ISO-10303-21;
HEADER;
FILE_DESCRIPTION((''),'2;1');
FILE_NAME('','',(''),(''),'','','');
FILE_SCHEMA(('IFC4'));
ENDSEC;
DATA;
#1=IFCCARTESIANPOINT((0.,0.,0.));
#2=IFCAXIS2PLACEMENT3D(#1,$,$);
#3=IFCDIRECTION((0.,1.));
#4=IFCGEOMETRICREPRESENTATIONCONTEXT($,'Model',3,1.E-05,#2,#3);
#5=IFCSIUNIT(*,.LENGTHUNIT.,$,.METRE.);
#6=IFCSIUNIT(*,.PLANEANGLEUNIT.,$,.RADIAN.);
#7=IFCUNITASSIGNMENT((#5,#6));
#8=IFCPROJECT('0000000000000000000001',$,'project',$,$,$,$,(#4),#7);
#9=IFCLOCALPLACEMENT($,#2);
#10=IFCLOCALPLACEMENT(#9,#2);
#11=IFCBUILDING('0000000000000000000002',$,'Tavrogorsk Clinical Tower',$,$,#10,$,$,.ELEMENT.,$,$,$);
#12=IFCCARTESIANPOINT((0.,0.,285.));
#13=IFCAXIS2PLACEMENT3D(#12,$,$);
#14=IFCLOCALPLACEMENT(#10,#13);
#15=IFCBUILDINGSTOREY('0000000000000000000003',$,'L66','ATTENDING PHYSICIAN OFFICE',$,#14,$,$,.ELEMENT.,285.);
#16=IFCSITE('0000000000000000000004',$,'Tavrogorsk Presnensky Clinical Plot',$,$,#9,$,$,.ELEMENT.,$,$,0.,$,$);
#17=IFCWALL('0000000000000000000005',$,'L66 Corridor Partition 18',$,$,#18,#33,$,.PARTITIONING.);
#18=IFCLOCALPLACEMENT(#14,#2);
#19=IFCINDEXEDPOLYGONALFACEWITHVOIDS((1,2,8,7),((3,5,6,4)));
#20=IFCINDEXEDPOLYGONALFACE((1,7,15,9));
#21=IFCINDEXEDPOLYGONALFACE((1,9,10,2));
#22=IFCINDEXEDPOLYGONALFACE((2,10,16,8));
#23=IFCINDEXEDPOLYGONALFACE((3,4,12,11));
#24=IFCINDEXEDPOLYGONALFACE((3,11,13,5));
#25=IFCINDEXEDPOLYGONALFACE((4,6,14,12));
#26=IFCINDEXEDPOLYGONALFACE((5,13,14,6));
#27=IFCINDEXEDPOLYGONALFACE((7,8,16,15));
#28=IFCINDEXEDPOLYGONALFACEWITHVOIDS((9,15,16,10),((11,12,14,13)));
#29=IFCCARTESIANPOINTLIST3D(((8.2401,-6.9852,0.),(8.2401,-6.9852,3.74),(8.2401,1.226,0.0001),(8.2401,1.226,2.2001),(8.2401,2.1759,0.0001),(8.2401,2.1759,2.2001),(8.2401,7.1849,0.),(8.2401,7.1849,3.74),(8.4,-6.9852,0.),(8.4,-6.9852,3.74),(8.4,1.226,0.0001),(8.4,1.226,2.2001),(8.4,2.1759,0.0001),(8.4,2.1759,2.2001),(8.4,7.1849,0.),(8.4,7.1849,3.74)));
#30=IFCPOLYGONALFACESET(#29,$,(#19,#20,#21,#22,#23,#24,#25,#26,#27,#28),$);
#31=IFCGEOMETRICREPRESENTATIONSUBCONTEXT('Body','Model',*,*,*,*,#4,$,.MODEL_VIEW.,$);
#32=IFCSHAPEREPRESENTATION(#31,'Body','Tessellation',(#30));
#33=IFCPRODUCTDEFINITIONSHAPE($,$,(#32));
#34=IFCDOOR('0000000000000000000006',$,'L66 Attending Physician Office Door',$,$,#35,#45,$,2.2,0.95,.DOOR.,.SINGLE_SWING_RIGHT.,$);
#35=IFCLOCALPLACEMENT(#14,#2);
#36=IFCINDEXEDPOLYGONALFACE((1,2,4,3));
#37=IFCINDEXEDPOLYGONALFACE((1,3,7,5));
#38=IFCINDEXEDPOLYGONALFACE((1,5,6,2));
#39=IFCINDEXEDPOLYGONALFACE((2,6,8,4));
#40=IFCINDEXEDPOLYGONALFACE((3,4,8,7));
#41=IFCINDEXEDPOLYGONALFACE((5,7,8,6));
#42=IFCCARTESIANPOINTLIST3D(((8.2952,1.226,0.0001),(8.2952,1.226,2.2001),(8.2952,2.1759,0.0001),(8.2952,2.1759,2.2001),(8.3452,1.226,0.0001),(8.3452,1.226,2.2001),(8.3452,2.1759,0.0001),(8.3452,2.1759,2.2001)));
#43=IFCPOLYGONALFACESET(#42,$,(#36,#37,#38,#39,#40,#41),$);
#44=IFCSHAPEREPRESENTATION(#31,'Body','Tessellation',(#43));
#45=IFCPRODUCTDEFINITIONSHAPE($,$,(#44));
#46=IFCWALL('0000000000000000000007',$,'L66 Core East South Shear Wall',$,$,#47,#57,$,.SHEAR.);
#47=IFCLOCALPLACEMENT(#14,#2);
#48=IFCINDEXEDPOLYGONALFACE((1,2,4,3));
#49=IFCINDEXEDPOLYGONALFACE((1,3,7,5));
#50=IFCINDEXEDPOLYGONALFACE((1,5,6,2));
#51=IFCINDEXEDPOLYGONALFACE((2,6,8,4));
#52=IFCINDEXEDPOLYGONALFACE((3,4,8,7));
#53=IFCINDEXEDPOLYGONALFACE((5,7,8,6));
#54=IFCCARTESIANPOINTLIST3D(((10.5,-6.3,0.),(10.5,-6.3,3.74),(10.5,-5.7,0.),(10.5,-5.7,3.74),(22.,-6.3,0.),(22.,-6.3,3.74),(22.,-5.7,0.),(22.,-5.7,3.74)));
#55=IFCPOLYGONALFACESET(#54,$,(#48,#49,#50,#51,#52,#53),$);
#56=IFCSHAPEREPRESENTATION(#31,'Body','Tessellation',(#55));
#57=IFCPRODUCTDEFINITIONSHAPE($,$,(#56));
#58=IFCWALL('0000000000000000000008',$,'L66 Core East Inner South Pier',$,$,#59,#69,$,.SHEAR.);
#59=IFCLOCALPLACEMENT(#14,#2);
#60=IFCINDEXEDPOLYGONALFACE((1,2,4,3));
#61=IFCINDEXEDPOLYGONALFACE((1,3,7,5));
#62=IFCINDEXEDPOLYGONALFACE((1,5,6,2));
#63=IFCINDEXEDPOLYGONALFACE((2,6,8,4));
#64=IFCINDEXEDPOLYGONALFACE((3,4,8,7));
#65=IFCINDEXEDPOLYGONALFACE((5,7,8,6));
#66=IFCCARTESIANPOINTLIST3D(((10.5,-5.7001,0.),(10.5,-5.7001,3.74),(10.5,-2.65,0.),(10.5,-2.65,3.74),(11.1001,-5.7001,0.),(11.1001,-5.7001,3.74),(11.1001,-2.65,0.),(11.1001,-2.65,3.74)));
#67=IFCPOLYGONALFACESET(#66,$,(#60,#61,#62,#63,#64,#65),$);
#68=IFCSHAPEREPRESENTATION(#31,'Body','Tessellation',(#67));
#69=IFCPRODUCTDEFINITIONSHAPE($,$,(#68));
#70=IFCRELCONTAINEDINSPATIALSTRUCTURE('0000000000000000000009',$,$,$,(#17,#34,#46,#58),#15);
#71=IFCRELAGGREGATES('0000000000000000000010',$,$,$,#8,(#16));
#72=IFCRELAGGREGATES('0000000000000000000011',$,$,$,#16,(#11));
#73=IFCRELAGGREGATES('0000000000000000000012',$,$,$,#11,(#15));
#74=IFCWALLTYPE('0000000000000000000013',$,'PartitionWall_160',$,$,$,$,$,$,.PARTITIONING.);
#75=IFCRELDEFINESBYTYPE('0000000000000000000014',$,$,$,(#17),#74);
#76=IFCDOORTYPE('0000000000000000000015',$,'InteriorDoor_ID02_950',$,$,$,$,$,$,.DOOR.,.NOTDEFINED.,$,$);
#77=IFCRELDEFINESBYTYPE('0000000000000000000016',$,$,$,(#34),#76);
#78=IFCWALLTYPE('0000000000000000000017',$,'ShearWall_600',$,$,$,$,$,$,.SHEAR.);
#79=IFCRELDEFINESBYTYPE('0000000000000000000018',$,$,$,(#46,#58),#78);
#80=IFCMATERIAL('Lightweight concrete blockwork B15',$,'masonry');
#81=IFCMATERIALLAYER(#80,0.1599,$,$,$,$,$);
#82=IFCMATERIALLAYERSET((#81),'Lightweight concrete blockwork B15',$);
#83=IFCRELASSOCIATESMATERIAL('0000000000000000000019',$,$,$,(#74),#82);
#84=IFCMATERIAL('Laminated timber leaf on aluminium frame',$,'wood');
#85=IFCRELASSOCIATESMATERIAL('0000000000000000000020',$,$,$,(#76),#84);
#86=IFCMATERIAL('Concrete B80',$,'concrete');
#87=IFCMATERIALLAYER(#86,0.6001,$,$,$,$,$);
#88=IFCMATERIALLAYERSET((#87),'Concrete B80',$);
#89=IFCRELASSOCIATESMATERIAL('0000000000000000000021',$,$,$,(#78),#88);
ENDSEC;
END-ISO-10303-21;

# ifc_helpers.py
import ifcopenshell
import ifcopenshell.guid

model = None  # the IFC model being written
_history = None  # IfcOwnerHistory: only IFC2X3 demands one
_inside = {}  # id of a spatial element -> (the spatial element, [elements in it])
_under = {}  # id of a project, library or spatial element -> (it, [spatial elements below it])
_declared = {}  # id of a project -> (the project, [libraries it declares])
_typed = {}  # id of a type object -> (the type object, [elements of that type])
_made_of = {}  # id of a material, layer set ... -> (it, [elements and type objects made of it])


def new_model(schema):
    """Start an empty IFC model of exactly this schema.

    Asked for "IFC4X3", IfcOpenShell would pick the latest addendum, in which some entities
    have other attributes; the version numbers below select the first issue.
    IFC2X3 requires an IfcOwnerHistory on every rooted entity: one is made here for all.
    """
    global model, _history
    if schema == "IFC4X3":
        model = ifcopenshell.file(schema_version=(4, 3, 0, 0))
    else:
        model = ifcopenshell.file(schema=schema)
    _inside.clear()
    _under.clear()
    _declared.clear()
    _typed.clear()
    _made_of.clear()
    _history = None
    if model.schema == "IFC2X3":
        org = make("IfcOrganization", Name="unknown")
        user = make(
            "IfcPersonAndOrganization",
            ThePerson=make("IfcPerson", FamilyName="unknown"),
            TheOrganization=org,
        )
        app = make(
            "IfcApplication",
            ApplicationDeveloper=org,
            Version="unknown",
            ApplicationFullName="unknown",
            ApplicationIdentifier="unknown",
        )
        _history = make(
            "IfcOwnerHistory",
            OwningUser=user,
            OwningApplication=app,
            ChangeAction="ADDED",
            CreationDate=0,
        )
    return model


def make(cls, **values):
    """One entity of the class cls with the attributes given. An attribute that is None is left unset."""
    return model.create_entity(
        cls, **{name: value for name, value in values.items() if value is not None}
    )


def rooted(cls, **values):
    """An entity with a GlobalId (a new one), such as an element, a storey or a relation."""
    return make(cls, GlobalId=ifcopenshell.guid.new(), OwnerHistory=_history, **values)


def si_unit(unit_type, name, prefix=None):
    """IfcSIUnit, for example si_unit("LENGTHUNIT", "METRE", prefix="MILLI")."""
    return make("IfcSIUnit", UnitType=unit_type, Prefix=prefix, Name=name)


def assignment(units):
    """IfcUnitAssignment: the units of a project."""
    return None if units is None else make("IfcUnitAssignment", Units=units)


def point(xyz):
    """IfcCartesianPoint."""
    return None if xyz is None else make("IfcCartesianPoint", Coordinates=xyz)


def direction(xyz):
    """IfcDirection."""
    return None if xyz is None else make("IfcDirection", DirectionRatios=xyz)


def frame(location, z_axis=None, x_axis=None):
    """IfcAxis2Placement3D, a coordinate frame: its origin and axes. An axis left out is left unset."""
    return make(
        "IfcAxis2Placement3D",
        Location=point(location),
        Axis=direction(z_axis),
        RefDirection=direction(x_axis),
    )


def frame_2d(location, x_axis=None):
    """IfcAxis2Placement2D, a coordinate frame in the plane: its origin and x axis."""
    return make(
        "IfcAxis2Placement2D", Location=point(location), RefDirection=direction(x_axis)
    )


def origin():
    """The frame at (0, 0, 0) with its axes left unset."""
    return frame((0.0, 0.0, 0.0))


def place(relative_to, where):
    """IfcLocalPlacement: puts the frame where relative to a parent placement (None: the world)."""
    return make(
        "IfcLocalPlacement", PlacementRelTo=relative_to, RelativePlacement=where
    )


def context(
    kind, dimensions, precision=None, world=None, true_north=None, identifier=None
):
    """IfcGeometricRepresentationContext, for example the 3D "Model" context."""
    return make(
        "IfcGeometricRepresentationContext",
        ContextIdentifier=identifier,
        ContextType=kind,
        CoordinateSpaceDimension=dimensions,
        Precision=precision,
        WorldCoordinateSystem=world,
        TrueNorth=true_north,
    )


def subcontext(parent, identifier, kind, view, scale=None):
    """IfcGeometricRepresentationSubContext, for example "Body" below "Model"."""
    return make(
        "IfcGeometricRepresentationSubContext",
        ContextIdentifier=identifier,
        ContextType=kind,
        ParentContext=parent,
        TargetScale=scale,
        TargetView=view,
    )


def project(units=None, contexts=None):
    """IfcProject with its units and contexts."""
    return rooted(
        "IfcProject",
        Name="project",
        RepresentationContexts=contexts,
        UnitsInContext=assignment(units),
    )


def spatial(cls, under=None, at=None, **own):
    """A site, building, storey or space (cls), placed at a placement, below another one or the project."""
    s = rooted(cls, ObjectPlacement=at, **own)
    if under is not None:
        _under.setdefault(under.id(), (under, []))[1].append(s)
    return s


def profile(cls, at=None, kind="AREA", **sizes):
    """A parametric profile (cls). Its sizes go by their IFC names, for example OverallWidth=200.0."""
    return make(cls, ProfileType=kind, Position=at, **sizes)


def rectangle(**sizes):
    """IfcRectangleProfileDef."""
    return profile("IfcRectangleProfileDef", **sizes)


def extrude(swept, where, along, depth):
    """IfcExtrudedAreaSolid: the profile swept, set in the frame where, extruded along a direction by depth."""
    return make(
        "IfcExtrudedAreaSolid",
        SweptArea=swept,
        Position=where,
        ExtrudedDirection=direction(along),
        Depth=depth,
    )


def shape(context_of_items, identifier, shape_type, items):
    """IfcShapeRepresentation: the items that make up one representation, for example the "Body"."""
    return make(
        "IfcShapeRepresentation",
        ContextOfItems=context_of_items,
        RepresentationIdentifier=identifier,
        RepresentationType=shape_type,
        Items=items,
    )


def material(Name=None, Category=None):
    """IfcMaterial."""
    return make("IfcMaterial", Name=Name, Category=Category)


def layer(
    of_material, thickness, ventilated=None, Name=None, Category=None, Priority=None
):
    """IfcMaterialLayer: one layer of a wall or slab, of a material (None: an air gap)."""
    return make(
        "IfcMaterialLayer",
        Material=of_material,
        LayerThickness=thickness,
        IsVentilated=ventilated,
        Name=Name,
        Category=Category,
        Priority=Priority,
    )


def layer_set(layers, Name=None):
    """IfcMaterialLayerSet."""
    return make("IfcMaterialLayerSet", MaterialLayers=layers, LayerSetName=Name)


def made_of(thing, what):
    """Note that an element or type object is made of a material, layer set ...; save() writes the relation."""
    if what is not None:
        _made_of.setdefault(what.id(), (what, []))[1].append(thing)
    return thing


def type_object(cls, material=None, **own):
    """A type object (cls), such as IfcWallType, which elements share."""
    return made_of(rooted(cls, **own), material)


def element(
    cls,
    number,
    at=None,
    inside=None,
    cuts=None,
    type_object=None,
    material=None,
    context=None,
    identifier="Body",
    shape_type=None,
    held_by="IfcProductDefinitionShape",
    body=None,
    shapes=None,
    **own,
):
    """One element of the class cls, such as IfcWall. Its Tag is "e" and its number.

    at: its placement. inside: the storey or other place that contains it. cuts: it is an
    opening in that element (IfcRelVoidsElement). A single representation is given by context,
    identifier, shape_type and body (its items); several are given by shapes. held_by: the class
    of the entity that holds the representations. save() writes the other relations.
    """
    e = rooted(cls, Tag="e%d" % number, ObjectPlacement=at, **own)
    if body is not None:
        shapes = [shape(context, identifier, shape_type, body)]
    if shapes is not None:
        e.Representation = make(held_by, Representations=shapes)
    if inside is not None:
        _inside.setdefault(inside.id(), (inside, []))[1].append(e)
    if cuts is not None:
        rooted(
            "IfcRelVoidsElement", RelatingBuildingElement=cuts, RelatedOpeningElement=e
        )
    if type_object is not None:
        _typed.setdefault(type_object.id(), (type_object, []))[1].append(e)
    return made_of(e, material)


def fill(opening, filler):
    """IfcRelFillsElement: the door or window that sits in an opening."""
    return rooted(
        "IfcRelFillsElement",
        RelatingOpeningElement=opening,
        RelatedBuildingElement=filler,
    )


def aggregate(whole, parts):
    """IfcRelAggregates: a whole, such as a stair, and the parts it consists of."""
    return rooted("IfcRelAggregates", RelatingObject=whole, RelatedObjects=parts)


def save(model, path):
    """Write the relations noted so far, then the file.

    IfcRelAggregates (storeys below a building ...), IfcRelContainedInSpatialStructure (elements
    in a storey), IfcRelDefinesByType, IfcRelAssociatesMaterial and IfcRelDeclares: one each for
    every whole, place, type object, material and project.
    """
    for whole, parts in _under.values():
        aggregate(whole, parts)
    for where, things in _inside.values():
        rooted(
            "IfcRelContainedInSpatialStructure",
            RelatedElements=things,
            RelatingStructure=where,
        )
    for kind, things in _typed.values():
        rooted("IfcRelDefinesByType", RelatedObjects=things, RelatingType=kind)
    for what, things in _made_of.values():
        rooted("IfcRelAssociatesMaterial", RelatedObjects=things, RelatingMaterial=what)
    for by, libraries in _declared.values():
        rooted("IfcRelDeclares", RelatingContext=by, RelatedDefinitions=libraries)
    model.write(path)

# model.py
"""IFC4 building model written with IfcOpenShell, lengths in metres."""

from ifc_helpers import new_model, si_unit, direction, frame, frame_2d, origin, place, context, subcontext, project, spatial, rectangle, extrude, material, layer, layer_set, type_object, element, fill, save


model = new_model("IFC4")

# Units and contexts
model_context = context("Model", 3, precision=1e-05, world=origin(), true_north=direction((0.0, 1.0)))
body_context = subcontext(model_context, "Body", "Model", "MODEL_VIEW")
ifc_project = project(units=[si_unit("LENGTHUNIT", "METRE"), si_unit("PLANEANGLEUNIT", "RADIAN")], contexts=[model_context])

# Site, building, storey
site_placement = place(None, origin())
site = spatial("IfcSite", under=ifc_project, at=site_placement, Name="Tavrogorsk Presnensky Clinical Plot", CompositionType="ELEMENT", RefElevation=0.0)
building_placement = place(site_placement, origin())
building = spatial("IfcBuilding", under=site, at=building_placement, Name="Tavrogorsk Clinical Tower", CompositionType="ELEMENT")
storey_placement = place(building_placement, frame((0.0, 0.0, 285.0)))
storey = spatial("IfcBuildingStorey", under=building, at=storey_placement, Name="L66", Description="ATTENDING PHYSICIAN OFFICE", CompositionType="ELEMENT", Elevation=285.0)

# Shared definitions
ifc_material_1 = material(Name="Lightweight concrete blockwork B15", Category="masonry")
ifc_layer_1 = layer(ifc_material_1, 0.1599)
ifc_layer_set_1 = layer_set([ifc_layer_1], Name="Lightweight concrete blockwork B15")
wall_type_1 = type_object("IfcWallType", Name="PartitionWall_160", PredefinedType="PARTITIONING", material=ifc_layer_set_1)

# Shared definitions
ifc_material_2 = material(Name="Laminated timber leaf on aluminium frame", Category="wood")
door_type_1 = type_object("IfcDoorType", Name="InteriorDoor_ID02_950", OperationType="NOTDEFINED", PredefinedType="DOOR", material=ifc_material_2)

# Wall, opening, door
wall_1_placement = place(storey_placement, frame((8.3201, -6.9851, 0.0), z_axis=(0.0, 0.0, 1.0), x_axis=(0.0, 1.0, 0.0)))
wall_1 = element("IfcWall", 1, at=wall_1_placement, inside=storey, type_object=wall_type_1, Name="L66 Corridor Partition 18", PredefinedType="PARTITIONING", context=body_context, shape_type="SweptSolid", body=[
    extrude(rectangle(XDim=14.1702, YDim=0.1599, at=frame_2d((7.085, 0.0))), origin(), (0.0, 0.0, 1.0), 3.74),
])
opening_1_placement = place(wall_1_placement, frame((8.2109, 0.0, 0.0)))
opening_1 = element("IfcOpeningElement", 2, at=opening_1_placement, cuts=wall_1, PredefinedType="OPENING", context=body_context, shape_type="SweptSolid", body=[
    extrude(rectangle(XDim=0.95, YDim=2.2, at=frame_2d((0.4751, 1.1001))), frame((0.0, 0.0898, 0.0), z_axis=(0.0, -1.0, 0.0), x_axis=(1.0, 0.0, 0.0)), (0.0, 0.0, 1.0), 0.1799),
])
door_1_placement = place(opening_1_placement, origin())
door_1 = element("IfcDoor", 3, at=door_1_placement, inside=storey, type_object=door_type_1, Name="L66 Attending Physician Office Door", OperationType="SINGLE_SWING_RIGHT", OverallHeight=2.2, OverallWidth=0.95, PredefinedType="DOOR", context=body_context, shape_type="SweptSolid", body=[
    extrude(rectangle(XDim=0.95, YDim=2.2, at=frame_2d((0.4751, 1.1001))), frame((0.0, 0.0249, 0.0), z_axis=(0.0, -1.0, 0.0), x_axis=(1.0, 0.0, 0.0)), (0.0, 0.0, 1.0), 0.05),
])
fill(opening_1, door_1)

# Walls
ifc_material_3 = material(Name="Concrete B80", Category="concrete")
ifc_layer_2 = layer(ifc_material_3, 0.6001)
ifc_layer_set_2 = layer_set([ifc_layer_2], Name="Concrete B80")
wall_type_2 = type_object("IfcWallType", Name="ShearWall_600", PredefinedType="SHEAR", material=ifc_layer_set_2)
wall_2_placement = place(storey_placement, frame((10.5, -6.0, 0.0), z_axis=(0.0, 0.0, 1.0), x_axis=(1.0, 0.0, 0.0)))
element("IfcWall", 4, at=wall_2_placement, inside=storey, type_object=wall_type_2, Name="L66 Core East South Shear Wall", PredefinedType="SHEAR", context=body_context, shape_type="SweptSolid", body=[
    extrude(rectangle(XDim=11.5, YDim=0.6001, at=frame_2d((5.75, 0.0))), origin(), (0.0, 0.0, 1.0), 3.74),
])
wall_3_placement = place(storey_placement, frame((10.8, -5.7, 0.0), z_axis=(0.0, 0.0, 1.0), x_axis=(0.0, 1.0, 0.0)))
element("IfcWall", 5, at=wall_3_placement, inside=storey, type_object=wall_type_2, Name="L66 Core East Inner South Pier", PredefinedType="SHEAR", context=body_context, shape_type="SweptSolid", body=[
    extrude(rectangle(XDim=3.05, YDim=0.6001, at=frame_2d((1.5249, 0.0))), origin(), (0.0, 0.0, 1.0), 3.74),
])

save(model, "model.ifc")
